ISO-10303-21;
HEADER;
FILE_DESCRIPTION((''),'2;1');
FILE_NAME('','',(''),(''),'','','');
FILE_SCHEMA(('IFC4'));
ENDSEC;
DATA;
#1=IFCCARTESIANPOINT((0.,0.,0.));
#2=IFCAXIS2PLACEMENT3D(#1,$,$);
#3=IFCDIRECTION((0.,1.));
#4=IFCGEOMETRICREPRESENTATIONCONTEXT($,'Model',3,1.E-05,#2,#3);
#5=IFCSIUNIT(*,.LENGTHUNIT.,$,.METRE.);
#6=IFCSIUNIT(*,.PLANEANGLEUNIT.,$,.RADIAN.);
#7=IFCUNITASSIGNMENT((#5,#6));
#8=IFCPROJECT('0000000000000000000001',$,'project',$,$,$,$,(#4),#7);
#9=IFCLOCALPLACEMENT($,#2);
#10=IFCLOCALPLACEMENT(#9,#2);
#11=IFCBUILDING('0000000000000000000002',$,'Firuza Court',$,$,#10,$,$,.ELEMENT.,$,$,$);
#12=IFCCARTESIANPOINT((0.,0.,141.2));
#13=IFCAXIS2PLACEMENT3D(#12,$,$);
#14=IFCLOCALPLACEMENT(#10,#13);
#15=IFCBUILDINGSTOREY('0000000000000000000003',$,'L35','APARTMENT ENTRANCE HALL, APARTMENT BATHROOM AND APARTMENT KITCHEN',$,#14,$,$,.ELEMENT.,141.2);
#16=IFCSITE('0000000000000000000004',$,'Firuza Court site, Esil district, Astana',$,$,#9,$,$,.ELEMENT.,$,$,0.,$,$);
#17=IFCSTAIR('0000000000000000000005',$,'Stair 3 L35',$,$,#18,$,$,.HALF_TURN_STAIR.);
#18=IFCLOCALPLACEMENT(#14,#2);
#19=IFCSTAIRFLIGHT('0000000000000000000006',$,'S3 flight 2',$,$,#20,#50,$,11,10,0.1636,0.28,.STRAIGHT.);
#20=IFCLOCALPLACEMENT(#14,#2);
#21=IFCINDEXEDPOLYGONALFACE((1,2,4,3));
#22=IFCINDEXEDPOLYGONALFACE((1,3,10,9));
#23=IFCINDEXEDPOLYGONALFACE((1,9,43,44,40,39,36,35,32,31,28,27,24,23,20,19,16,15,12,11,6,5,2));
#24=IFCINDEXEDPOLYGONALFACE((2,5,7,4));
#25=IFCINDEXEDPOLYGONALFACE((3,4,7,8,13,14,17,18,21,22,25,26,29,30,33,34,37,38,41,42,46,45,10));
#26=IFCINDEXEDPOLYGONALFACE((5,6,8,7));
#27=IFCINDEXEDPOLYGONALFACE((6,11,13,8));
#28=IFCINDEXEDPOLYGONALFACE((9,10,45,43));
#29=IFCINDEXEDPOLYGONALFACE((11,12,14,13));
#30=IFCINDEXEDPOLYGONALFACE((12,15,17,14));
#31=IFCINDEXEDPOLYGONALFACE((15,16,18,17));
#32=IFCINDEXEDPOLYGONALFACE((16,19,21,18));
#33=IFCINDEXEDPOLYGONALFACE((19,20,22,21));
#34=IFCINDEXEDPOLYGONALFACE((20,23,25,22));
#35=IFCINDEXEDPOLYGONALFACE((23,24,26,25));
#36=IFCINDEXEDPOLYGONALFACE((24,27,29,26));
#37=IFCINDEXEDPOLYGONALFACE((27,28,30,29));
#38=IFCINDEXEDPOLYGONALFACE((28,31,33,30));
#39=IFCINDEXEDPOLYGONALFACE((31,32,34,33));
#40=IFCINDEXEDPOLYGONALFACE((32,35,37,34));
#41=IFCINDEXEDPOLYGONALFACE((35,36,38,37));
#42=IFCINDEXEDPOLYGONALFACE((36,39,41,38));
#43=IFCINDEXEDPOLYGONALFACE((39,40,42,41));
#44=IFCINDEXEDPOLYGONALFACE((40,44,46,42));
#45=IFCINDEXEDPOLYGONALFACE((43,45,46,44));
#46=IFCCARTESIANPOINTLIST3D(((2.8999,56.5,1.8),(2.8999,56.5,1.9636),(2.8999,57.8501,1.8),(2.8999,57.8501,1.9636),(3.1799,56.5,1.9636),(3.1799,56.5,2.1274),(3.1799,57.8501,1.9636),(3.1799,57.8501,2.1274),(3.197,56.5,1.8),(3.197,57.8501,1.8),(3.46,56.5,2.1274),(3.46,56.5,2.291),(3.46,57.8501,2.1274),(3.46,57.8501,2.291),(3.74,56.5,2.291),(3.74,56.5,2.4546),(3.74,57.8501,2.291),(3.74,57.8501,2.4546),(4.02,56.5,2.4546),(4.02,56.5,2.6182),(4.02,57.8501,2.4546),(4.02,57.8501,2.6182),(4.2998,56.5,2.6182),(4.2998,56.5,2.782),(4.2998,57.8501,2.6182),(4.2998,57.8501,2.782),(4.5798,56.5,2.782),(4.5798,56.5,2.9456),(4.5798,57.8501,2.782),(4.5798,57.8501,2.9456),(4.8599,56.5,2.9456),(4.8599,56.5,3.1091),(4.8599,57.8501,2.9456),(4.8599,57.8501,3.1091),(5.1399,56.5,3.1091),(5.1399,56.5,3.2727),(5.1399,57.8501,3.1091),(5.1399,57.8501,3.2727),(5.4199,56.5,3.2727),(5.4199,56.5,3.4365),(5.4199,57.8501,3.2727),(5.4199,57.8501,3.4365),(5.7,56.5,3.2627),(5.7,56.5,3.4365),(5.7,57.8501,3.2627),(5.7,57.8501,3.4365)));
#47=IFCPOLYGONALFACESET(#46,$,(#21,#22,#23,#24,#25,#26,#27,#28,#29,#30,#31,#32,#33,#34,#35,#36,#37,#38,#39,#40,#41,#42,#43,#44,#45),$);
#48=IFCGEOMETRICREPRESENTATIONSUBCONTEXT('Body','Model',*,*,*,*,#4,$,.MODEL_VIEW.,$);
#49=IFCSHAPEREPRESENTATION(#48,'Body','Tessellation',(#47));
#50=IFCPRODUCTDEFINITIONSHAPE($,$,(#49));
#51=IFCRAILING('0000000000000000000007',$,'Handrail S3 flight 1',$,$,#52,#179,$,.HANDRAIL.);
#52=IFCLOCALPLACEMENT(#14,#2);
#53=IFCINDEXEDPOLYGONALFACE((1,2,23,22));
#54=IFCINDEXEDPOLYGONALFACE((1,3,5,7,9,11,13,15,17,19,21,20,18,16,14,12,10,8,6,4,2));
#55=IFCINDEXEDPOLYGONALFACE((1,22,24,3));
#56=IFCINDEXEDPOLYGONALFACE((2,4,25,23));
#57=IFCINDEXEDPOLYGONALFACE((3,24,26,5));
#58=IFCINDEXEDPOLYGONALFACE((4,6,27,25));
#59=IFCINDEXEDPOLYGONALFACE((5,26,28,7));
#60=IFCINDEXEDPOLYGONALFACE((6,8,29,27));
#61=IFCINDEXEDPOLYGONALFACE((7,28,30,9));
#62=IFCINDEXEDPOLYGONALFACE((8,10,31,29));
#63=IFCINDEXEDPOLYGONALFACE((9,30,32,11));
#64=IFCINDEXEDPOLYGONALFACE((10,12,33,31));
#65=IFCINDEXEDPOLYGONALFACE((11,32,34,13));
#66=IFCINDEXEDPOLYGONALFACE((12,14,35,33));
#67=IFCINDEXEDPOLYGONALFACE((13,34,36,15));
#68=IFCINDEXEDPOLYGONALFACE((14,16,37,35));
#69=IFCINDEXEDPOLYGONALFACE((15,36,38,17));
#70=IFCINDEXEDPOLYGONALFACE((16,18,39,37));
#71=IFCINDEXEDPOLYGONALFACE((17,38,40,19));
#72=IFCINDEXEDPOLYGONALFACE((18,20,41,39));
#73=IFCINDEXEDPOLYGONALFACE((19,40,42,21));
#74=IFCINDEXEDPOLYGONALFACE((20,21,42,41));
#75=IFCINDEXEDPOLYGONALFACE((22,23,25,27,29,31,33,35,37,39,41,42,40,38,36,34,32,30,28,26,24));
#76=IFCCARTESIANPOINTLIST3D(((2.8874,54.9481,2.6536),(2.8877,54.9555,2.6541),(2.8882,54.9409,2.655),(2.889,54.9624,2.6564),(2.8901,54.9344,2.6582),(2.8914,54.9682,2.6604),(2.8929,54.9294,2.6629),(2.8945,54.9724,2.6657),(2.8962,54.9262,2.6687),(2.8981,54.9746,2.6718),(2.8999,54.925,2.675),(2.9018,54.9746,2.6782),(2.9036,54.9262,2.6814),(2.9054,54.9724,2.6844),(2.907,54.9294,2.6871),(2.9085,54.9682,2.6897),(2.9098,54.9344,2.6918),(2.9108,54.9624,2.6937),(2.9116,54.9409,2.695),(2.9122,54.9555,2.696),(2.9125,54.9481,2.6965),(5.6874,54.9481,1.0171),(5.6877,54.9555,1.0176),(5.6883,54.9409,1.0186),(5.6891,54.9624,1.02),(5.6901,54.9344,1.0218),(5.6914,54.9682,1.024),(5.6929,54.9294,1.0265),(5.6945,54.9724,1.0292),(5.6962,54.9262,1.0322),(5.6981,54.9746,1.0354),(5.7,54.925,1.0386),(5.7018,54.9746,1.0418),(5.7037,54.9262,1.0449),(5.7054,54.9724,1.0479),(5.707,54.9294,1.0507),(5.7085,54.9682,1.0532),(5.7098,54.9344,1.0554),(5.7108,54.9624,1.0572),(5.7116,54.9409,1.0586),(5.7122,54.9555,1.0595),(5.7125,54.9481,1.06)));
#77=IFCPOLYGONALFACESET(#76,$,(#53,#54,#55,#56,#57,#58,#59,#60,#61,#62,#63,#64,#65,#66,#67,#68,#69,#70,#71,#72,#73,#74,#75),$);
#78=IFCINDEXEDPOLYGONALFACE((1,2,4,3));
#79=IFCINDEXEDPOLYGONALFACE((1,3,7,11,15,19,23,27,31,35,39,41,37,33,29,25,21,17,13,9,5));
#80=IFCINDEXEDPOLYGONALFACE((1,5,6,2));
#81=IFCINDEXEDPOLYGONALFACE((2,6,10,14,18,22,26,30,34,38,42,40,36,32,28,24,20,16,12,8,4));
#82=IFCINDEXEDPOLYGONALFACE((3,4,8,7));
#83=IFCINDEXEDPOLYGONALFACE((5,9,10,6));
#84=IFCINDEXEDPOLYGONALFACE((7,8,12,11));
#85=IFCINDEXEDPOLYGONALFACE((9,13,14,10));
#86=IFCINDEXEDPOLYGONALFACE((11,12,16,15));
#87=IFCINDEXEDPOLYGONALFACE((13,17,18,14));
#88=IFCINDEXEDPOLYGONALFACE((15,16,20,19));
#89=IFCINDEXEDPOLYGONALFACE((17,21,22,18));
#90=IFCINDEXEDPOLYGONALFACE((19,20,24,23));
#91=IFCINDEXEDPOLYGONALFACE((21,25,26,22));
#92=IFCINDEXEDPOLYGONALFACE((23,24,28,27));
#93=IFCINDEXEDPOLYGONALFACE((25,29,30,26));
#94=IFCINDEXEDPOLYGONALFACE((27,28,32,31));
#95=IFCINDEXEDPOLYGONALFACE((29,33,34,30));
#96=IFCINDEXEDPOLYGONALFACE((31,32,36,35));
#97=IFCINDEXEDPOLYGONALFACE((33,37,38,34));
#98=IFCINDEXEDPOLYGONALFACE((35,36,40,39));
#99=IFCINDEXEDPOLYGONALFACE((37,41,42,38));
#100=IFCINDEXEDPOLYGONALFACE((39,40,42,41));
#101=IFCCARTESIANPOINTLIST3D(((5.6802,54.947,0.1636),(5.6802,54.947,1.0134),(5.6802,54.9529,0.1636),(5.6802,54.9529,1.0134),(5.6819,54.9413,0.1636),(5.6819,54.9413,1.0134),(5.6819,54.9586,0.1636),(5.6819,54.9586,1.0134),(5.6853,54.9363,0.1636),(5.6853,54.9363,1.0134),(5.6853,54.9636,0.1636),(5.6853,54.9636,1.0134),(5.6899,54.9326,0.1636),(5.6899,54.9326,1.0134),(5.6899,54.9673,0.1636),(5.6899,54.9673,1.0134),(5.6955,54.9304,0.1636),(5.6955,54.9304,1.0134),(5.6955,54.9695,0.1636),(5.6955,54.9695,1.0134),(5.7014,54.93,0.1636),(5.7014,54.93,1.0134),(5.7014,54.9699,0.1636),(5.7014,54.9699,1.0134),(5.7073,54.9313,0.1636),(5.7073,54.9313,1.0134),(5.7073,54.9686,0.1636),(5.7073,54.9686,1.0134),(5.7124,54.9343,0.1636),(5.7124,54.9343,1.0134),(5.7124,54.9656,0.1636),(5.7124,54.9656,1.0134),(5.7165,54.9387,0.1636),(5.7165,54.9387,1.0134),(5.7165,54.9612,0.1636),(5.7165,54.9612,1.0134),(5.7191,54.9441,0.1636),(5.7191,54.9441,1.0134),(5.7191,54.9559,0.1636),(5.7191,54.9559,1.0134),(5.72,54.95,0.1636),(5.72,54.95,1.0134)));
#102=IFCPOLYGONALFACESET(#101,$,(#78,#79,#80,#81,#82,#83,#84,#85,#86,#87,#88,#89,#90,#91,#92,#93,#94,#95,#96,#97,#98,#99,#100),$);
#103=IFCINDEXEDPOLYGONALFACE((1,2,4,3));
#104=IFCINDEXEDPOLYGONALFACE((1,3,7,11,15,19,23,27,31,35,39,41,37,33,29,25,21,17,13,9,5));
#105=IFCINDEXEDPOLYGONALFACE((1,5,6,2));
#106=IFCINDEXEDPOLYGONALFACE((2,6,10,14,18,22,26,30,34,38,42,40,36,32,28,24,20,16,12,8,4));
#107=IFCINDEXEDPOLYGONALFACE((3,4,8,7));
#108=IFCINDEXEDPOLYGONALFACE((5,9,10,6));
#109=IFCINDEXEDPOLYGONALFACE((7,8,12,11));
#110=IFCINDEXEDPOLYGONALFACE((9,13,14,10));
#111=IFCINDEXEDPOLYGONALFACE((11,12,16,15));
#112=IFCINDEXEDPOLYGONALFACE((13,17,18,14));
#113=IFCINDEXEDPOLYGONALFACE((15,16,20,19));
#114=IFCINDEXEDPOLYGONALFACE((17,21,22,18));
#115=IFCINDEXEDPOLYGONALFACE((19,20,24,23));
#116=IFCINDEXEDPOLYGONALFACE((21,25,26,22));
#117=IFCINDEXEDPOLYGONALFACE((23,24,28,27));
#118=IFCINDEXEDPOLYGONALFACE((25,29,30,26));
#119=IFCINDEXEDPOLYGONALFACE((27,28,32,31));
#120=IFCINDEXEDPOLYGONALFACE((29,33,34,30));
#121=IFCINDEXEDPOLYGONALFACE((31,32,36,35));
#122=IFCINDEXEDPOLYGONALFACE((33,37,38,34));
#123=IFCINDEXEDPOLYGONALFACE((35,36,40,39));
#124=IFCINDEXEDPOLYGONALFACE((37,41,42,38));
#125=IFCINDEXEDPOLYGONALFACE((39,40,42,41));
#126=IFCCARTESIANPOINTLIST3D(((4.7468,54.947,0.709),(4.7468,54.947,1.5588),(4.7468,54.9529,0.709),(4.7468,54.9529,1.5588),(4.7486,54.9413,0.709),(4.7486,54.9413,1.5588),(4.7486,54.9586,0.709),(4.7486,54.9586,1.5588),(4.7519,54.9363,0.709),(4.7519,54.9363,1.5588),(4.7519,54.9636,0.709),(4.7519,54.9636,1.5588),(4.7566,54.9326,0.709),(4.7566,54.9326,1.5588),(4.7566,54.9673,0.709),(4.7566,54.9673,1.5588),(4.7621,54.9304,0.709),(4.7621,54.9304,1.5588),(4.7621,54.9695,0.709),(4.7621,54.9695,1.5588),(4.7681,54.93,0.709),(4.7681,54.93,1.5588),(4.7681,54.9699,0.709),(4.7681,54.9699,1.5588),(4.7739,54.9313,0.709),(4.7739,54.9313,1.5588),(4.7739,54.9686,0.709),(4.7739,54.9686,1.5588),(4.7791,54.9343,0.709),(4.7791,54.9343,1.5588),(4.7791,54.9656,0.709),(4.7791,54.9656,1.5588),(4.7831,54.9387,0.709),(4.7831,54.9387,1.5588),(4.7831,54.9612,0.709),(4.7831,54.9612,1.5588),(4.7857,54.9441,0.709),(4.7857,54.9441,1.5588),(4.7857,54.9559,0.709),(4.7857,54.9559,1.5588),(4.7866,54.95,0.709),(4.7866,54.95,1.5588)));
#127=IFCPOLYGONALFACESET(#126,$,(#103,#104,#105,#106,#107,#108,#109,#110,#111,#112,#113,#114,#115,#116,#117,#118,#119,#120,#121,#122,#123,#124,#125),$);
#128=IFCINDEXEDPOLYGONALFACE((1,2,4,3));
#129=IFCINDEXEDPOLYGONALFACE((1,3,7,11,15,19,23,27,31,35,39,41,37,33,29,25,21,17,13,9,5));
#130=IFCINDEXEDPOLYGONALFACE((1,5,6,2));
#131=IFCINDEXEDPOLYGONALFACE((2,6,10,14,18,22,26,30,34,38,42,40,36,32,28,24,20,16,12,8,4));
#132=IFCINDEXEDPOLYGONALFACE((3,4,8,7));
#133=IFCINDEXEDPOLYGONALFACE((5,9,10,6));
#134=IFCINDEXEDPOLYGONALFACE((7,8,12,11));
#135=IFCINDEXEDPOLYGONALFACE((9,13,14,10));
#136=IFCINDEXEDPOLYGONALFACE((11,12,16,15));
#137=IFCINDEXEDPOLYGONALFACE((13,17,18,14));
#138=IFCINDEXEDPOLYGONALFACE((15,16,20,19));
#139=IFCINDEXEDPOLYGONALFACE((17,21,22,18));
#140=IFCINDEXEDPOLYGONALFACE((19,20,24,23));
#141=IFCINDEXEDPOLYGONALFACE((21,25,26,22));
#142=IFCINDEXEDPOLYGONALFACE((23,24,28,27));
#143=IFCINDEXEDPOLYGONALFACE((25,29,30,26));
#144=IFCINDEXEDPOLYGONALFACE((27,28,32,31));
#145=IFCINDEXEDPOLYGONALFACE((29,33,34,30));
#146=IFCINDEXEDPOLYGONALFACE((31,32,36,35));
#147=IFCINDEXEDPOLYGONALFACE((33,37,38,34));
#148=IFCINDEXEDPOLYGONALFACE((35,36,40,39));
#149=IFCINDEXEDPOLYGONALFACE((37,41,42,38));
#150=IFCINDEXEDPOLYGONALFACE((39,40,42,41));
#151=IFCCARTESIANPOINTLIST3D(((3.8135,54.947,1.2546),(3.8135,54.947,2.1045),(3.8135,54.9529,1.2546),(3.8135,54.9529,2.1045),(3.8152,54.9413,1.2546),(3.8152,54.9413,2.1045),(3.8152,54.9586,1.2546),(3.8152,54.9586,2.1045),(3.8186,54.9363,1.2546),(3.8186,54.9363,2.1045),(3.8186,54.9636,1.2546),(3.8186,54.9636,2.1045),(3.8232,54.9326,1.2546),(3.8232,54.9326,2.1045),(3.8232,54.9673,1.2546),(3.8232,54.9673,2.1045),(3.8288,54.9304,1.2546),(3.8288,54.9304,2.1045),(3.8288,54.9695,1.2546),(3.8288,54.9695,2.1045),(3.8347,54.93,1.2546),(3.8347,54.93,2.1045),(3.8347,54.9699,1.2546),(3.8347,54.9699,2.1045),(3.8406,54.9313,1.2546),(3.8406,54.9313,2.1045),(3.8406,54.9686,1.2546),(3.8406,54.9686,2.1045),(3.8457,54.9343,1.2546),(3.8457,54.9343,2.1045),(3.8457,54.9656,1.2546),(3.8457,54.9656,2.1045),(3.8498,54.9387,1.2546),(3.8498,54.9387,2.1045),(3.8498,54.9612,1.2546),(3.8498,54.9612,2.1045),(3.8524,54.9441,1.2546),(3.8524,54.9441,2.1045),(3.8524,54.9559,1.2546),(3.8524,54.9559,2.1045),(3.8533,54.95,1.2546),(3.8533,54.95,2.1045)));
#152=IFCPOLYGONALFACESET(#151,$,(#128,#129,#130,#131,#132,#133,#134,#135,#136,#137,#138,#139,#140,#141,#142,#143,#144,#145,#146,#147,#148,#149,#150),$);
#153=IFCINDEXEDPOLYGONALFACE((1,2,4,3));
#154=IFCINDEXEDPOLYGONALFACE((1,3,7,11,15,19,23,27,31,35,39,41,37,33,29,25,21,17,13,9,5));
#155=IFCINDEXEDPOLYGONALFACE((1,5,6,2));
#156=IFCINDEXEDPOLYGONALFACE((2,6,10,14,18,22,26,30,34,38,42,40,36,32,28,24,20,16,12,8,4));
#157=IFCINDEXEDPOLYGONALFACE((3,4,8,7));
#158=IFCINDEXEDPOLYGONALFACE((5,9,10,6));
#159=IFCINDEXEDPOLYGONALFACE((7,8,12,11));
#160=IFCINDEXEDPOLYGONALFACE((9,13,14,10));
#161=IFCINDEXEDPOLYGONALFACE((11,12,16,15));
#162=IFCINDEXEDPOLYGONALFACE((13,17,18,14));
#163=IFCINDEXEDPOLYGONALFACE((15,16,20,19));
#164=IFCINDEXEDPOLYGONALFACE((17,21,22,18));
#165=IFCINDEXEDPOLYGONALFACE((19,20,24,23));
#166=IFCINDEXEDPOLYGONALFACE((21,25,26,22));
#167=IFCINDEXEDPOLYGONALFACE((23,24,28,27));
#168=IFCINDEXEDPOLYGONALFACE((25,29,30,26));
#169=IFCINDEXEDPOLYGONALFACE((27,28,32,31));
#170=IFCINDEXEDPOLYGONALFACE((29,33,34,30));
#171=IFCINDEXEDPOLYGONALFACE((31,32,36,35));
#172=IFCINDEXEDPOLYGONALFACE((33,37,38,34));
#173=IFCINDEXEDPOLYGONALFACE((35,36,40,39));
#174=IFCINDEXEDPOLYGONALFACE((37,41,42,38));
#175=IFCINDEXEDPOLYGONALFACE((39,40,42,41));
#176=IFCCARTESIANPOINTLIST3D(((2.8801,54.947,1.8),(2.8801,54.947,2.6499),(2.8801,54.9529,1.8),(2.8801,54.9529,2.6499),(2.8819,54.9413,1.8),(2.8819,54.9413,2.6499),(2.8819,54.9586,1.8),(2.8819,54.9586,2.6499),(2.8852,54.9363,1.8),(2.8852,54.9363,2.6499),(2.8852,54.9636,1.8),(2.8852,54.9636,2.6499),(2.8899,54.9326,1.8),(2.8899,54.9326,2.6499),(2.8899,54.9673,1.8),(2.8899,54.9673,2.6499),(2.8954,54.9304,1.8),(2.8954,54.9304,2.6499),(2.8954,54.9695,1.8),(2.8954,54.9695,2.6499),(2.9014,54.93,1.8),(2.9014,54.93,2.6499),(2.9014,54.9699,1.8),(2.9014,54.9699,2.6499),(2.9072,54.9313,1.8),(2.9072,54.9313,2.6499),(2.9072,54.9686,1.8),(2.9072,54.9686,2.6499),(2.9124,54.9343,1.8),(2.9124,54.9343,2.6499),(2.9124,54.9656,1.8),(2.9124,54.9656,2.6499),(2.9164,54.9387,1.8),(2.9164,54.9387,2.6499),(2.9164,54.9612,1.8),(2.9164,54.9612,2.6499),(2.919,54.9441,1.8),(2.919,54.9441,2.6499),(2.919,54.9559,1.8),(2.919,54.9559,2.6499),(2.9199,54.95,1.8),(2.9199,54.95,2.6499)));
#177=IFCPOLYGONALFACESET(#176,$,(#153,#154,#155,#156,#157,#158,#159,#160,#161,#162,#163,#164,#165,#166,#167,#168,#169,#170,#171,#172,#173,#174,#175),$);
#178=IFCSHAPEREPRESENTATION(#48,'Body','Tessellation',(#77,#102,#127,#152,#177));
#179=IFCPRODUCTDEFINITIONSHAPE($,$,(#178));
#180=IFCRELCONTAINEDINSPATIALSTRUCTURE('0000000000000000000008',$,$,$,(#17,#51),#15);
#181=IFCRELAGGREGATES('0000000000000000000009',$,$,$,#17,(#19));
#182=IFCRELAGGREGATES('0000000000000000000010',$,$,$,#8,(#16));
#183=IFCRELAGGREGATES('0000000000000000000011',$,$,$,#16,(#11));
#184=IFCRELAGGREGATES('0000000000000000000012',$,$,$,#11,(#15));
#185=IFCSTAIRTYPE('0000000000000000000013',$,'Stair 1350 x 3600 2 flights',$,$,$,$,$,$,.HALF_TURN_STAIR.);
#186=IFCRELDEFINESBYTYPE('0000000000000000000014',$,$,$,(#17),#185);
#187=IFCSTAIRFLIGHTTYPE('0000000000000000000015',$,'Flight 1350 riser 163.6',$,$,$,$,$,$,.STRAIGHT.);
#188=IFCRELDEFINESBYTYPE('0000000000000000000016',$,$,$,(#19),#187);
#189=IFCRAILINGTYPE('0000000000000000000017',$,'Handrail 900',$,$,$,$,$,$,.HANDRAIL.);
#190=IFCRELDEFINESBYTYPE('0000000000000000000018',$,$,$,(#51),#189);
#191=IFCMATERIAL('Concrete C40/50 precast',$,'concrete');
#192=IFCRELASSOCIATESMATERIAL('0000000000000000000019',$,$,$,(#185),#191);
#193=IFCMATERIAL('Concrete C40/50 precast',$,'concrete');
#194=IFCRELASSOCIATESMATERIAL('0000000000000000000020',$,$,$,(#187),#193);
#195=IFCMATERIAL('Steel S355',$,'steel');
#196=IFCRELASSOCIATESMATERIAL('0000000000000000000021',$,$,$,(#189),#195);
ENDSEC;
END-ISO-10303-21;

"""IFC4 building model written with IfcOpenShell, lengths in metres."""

from ifc_helpers import new_model, si_unit, direction, frame, origin, origin_2d, place, context, subcontext, project, spatial, polyline, circle, outline, extrude, material, type_object, element, aggregate, save


model = new_model("IFC4")

# Units and contexts
model_context = context("Model", 3, precision=1e-05, world=origin(), true_north=direction((0.0, 1.0)))
body_context = subcontext(model_context, "Body", "Model", "MODEL_VIEW")
ifc_project = project(units=[si_unit("LENGTHUNIT", "METRE"), si_unit("PLANEANGLEUNIT", "RADIAN")], contexts=[model_context])

# Site, building, storey
site_placement = place(None, origin())
site = spatial("IfcSite", under=ifc_project, at=site_placement, Name="Firuza Court site, Esil district, Astana", CompositionType="ELEMENT", RefElevation=0.0)
building_placement = place(site_placement, origin())
building = spatial("IfcBuilding", under=site, at=building_placement, Name="Firuza Court", CompositionType="ELEMENT")
storey_placement = place(building_placement, frame((0.0, 0.0, 141.2)))
storey = spatial("IfcBuildingStorey", under=building, at=storey_placement, Name="L35", Description="APARTMENT ENTRANCE HALL, APARTMENT BATHROOM AND APARTMENT KITCHEN", CompositionType="ELEMENT", Elevation=141.2)

# Stair, stair flight
ifc_material_1 = material(Name="Concrete C40/50 precast", Category="concrete")
stair_type = type_object("IfcStairType", Name="Stair 1350 x 3600 2 flights", PredefinedType="HALF_TURN_STAIR", material=ifc_material_1)
stair_placement = place(storey_placement, origin())
stair = element("IfcStair", 1, at=stair_placement, inside=storey, type_object=stair_type, Name="Stair 3 L35", PredefinedType="HALF_TURN_STAIR")
ifc_material_2 = material(Name="Concrete C40/50 precast", Category="concrete")
stair_flight_type = type_object("IfcStairFlightType", Name="Flight 1350 riser 163.6", PredefinedType="STRAIGHT", material=ifc_material_2)
stair_flight_1_placement = place(storey_placement, frame((2.8999, 57.175, 1.8), z_axis=(0.0, 0.0, 1.0), x_axis=(1.0, 0.0, 0.0)))
stair_flight_1 = element("IfcStairFlight", 2, at=stair_flight_1_placement, type_object=stair_flight_type, Name="S3 flight 2", NumberOfRisers=11, NumberOfTreads=10, PredefinedType="STRAIGHT", RiserHeight=0.1636, TreadLength=0.28, context=body_context, shape_type="SweptSolid", body=[
    extrude(outline(polyline([(0.0, 0.0), (0.0, 0.1636), (0.28, 0.1636), (0.28, 0.3274), (0.5601, 0.3274), (0.5601, 0.491), (0.8401, 0.491), (0.8401, 0.6545), (1.1201, 0.6545), (1.1201, 0.8181), (1.3999, 0.8181), (1.3999, 0.9819), (1.6799, 0.9819), (1.6799, 1.1455), (1.96, 1.1455), (1.96, 1.3091), (2.24, 1.3091), (2.24, 1.4727), (2.52, 1.4727), (2.52, 1.6365), (2.8, 1.6365), (2.8, 1.8), (2.8, 1.4626), (0.2971, 0.0), (0.0, 0.0)])), frame((0.0, 0.675, 0.0), z_axis=(0.0, -1.0, 0.0), x_axis=(1.0, 0.0, 0.0)), (0.0, 0.0, 1.0), 1.3501),
])
aggregate(stair, [stair_flight_1])

# Railing
ifc_material_3 = material(Name="Steel S355", Category="steel")
railing_type_1 = type_object("IfcRailingType", Name="Handrail 900", PredefinedType="HANDRAIL", material=ifc_material_3)
railing_1_placement = place(storey_placement, frame((5.7, 54.95, 0.1636)))
element("IfcRailing", 3, at=railing_1_placement, inside=storey, type_object=railing_type_1, Name="Handrail S3 flight 1", PredefinedType="HANDRAIL", context=body_context, shape_type="SweptSolid", body=[
    extrude(circle(Radius=0.0249, at=origin_2d()), frame((0.0, 0.0, 0.875), z_axis=(-0.863361, 0.0, 0.504587), x_axis=(0.0, -1.0, 0.0)), (0.0, 0.0, 1.0), 3.2432),
    extrude(circle(Radius=0.02, at=origin_2d()), origin(), (0.0, 0.0, 1.0), 0.8499),
    extrude(circle(Radius=0.02, at=origin_2d()), frame((-0.9333, 0.0, 0.5454)), (0.0, 0.0, 1.0), 0.8499),
    extrude(circle(Radius=0.02, at=origin_2d()), frame((-1.8667, 0.0, 1.0911)), (0.0, 0.0, 1.0), 0.8499),
    extrude(circle(Radius=0.02, at=origin_2d()), frame((-2.8, 0.0, 1.6365)), (0.0, 0.0, 1.0), 0.8499),
])

save(model, "model.ifc")
